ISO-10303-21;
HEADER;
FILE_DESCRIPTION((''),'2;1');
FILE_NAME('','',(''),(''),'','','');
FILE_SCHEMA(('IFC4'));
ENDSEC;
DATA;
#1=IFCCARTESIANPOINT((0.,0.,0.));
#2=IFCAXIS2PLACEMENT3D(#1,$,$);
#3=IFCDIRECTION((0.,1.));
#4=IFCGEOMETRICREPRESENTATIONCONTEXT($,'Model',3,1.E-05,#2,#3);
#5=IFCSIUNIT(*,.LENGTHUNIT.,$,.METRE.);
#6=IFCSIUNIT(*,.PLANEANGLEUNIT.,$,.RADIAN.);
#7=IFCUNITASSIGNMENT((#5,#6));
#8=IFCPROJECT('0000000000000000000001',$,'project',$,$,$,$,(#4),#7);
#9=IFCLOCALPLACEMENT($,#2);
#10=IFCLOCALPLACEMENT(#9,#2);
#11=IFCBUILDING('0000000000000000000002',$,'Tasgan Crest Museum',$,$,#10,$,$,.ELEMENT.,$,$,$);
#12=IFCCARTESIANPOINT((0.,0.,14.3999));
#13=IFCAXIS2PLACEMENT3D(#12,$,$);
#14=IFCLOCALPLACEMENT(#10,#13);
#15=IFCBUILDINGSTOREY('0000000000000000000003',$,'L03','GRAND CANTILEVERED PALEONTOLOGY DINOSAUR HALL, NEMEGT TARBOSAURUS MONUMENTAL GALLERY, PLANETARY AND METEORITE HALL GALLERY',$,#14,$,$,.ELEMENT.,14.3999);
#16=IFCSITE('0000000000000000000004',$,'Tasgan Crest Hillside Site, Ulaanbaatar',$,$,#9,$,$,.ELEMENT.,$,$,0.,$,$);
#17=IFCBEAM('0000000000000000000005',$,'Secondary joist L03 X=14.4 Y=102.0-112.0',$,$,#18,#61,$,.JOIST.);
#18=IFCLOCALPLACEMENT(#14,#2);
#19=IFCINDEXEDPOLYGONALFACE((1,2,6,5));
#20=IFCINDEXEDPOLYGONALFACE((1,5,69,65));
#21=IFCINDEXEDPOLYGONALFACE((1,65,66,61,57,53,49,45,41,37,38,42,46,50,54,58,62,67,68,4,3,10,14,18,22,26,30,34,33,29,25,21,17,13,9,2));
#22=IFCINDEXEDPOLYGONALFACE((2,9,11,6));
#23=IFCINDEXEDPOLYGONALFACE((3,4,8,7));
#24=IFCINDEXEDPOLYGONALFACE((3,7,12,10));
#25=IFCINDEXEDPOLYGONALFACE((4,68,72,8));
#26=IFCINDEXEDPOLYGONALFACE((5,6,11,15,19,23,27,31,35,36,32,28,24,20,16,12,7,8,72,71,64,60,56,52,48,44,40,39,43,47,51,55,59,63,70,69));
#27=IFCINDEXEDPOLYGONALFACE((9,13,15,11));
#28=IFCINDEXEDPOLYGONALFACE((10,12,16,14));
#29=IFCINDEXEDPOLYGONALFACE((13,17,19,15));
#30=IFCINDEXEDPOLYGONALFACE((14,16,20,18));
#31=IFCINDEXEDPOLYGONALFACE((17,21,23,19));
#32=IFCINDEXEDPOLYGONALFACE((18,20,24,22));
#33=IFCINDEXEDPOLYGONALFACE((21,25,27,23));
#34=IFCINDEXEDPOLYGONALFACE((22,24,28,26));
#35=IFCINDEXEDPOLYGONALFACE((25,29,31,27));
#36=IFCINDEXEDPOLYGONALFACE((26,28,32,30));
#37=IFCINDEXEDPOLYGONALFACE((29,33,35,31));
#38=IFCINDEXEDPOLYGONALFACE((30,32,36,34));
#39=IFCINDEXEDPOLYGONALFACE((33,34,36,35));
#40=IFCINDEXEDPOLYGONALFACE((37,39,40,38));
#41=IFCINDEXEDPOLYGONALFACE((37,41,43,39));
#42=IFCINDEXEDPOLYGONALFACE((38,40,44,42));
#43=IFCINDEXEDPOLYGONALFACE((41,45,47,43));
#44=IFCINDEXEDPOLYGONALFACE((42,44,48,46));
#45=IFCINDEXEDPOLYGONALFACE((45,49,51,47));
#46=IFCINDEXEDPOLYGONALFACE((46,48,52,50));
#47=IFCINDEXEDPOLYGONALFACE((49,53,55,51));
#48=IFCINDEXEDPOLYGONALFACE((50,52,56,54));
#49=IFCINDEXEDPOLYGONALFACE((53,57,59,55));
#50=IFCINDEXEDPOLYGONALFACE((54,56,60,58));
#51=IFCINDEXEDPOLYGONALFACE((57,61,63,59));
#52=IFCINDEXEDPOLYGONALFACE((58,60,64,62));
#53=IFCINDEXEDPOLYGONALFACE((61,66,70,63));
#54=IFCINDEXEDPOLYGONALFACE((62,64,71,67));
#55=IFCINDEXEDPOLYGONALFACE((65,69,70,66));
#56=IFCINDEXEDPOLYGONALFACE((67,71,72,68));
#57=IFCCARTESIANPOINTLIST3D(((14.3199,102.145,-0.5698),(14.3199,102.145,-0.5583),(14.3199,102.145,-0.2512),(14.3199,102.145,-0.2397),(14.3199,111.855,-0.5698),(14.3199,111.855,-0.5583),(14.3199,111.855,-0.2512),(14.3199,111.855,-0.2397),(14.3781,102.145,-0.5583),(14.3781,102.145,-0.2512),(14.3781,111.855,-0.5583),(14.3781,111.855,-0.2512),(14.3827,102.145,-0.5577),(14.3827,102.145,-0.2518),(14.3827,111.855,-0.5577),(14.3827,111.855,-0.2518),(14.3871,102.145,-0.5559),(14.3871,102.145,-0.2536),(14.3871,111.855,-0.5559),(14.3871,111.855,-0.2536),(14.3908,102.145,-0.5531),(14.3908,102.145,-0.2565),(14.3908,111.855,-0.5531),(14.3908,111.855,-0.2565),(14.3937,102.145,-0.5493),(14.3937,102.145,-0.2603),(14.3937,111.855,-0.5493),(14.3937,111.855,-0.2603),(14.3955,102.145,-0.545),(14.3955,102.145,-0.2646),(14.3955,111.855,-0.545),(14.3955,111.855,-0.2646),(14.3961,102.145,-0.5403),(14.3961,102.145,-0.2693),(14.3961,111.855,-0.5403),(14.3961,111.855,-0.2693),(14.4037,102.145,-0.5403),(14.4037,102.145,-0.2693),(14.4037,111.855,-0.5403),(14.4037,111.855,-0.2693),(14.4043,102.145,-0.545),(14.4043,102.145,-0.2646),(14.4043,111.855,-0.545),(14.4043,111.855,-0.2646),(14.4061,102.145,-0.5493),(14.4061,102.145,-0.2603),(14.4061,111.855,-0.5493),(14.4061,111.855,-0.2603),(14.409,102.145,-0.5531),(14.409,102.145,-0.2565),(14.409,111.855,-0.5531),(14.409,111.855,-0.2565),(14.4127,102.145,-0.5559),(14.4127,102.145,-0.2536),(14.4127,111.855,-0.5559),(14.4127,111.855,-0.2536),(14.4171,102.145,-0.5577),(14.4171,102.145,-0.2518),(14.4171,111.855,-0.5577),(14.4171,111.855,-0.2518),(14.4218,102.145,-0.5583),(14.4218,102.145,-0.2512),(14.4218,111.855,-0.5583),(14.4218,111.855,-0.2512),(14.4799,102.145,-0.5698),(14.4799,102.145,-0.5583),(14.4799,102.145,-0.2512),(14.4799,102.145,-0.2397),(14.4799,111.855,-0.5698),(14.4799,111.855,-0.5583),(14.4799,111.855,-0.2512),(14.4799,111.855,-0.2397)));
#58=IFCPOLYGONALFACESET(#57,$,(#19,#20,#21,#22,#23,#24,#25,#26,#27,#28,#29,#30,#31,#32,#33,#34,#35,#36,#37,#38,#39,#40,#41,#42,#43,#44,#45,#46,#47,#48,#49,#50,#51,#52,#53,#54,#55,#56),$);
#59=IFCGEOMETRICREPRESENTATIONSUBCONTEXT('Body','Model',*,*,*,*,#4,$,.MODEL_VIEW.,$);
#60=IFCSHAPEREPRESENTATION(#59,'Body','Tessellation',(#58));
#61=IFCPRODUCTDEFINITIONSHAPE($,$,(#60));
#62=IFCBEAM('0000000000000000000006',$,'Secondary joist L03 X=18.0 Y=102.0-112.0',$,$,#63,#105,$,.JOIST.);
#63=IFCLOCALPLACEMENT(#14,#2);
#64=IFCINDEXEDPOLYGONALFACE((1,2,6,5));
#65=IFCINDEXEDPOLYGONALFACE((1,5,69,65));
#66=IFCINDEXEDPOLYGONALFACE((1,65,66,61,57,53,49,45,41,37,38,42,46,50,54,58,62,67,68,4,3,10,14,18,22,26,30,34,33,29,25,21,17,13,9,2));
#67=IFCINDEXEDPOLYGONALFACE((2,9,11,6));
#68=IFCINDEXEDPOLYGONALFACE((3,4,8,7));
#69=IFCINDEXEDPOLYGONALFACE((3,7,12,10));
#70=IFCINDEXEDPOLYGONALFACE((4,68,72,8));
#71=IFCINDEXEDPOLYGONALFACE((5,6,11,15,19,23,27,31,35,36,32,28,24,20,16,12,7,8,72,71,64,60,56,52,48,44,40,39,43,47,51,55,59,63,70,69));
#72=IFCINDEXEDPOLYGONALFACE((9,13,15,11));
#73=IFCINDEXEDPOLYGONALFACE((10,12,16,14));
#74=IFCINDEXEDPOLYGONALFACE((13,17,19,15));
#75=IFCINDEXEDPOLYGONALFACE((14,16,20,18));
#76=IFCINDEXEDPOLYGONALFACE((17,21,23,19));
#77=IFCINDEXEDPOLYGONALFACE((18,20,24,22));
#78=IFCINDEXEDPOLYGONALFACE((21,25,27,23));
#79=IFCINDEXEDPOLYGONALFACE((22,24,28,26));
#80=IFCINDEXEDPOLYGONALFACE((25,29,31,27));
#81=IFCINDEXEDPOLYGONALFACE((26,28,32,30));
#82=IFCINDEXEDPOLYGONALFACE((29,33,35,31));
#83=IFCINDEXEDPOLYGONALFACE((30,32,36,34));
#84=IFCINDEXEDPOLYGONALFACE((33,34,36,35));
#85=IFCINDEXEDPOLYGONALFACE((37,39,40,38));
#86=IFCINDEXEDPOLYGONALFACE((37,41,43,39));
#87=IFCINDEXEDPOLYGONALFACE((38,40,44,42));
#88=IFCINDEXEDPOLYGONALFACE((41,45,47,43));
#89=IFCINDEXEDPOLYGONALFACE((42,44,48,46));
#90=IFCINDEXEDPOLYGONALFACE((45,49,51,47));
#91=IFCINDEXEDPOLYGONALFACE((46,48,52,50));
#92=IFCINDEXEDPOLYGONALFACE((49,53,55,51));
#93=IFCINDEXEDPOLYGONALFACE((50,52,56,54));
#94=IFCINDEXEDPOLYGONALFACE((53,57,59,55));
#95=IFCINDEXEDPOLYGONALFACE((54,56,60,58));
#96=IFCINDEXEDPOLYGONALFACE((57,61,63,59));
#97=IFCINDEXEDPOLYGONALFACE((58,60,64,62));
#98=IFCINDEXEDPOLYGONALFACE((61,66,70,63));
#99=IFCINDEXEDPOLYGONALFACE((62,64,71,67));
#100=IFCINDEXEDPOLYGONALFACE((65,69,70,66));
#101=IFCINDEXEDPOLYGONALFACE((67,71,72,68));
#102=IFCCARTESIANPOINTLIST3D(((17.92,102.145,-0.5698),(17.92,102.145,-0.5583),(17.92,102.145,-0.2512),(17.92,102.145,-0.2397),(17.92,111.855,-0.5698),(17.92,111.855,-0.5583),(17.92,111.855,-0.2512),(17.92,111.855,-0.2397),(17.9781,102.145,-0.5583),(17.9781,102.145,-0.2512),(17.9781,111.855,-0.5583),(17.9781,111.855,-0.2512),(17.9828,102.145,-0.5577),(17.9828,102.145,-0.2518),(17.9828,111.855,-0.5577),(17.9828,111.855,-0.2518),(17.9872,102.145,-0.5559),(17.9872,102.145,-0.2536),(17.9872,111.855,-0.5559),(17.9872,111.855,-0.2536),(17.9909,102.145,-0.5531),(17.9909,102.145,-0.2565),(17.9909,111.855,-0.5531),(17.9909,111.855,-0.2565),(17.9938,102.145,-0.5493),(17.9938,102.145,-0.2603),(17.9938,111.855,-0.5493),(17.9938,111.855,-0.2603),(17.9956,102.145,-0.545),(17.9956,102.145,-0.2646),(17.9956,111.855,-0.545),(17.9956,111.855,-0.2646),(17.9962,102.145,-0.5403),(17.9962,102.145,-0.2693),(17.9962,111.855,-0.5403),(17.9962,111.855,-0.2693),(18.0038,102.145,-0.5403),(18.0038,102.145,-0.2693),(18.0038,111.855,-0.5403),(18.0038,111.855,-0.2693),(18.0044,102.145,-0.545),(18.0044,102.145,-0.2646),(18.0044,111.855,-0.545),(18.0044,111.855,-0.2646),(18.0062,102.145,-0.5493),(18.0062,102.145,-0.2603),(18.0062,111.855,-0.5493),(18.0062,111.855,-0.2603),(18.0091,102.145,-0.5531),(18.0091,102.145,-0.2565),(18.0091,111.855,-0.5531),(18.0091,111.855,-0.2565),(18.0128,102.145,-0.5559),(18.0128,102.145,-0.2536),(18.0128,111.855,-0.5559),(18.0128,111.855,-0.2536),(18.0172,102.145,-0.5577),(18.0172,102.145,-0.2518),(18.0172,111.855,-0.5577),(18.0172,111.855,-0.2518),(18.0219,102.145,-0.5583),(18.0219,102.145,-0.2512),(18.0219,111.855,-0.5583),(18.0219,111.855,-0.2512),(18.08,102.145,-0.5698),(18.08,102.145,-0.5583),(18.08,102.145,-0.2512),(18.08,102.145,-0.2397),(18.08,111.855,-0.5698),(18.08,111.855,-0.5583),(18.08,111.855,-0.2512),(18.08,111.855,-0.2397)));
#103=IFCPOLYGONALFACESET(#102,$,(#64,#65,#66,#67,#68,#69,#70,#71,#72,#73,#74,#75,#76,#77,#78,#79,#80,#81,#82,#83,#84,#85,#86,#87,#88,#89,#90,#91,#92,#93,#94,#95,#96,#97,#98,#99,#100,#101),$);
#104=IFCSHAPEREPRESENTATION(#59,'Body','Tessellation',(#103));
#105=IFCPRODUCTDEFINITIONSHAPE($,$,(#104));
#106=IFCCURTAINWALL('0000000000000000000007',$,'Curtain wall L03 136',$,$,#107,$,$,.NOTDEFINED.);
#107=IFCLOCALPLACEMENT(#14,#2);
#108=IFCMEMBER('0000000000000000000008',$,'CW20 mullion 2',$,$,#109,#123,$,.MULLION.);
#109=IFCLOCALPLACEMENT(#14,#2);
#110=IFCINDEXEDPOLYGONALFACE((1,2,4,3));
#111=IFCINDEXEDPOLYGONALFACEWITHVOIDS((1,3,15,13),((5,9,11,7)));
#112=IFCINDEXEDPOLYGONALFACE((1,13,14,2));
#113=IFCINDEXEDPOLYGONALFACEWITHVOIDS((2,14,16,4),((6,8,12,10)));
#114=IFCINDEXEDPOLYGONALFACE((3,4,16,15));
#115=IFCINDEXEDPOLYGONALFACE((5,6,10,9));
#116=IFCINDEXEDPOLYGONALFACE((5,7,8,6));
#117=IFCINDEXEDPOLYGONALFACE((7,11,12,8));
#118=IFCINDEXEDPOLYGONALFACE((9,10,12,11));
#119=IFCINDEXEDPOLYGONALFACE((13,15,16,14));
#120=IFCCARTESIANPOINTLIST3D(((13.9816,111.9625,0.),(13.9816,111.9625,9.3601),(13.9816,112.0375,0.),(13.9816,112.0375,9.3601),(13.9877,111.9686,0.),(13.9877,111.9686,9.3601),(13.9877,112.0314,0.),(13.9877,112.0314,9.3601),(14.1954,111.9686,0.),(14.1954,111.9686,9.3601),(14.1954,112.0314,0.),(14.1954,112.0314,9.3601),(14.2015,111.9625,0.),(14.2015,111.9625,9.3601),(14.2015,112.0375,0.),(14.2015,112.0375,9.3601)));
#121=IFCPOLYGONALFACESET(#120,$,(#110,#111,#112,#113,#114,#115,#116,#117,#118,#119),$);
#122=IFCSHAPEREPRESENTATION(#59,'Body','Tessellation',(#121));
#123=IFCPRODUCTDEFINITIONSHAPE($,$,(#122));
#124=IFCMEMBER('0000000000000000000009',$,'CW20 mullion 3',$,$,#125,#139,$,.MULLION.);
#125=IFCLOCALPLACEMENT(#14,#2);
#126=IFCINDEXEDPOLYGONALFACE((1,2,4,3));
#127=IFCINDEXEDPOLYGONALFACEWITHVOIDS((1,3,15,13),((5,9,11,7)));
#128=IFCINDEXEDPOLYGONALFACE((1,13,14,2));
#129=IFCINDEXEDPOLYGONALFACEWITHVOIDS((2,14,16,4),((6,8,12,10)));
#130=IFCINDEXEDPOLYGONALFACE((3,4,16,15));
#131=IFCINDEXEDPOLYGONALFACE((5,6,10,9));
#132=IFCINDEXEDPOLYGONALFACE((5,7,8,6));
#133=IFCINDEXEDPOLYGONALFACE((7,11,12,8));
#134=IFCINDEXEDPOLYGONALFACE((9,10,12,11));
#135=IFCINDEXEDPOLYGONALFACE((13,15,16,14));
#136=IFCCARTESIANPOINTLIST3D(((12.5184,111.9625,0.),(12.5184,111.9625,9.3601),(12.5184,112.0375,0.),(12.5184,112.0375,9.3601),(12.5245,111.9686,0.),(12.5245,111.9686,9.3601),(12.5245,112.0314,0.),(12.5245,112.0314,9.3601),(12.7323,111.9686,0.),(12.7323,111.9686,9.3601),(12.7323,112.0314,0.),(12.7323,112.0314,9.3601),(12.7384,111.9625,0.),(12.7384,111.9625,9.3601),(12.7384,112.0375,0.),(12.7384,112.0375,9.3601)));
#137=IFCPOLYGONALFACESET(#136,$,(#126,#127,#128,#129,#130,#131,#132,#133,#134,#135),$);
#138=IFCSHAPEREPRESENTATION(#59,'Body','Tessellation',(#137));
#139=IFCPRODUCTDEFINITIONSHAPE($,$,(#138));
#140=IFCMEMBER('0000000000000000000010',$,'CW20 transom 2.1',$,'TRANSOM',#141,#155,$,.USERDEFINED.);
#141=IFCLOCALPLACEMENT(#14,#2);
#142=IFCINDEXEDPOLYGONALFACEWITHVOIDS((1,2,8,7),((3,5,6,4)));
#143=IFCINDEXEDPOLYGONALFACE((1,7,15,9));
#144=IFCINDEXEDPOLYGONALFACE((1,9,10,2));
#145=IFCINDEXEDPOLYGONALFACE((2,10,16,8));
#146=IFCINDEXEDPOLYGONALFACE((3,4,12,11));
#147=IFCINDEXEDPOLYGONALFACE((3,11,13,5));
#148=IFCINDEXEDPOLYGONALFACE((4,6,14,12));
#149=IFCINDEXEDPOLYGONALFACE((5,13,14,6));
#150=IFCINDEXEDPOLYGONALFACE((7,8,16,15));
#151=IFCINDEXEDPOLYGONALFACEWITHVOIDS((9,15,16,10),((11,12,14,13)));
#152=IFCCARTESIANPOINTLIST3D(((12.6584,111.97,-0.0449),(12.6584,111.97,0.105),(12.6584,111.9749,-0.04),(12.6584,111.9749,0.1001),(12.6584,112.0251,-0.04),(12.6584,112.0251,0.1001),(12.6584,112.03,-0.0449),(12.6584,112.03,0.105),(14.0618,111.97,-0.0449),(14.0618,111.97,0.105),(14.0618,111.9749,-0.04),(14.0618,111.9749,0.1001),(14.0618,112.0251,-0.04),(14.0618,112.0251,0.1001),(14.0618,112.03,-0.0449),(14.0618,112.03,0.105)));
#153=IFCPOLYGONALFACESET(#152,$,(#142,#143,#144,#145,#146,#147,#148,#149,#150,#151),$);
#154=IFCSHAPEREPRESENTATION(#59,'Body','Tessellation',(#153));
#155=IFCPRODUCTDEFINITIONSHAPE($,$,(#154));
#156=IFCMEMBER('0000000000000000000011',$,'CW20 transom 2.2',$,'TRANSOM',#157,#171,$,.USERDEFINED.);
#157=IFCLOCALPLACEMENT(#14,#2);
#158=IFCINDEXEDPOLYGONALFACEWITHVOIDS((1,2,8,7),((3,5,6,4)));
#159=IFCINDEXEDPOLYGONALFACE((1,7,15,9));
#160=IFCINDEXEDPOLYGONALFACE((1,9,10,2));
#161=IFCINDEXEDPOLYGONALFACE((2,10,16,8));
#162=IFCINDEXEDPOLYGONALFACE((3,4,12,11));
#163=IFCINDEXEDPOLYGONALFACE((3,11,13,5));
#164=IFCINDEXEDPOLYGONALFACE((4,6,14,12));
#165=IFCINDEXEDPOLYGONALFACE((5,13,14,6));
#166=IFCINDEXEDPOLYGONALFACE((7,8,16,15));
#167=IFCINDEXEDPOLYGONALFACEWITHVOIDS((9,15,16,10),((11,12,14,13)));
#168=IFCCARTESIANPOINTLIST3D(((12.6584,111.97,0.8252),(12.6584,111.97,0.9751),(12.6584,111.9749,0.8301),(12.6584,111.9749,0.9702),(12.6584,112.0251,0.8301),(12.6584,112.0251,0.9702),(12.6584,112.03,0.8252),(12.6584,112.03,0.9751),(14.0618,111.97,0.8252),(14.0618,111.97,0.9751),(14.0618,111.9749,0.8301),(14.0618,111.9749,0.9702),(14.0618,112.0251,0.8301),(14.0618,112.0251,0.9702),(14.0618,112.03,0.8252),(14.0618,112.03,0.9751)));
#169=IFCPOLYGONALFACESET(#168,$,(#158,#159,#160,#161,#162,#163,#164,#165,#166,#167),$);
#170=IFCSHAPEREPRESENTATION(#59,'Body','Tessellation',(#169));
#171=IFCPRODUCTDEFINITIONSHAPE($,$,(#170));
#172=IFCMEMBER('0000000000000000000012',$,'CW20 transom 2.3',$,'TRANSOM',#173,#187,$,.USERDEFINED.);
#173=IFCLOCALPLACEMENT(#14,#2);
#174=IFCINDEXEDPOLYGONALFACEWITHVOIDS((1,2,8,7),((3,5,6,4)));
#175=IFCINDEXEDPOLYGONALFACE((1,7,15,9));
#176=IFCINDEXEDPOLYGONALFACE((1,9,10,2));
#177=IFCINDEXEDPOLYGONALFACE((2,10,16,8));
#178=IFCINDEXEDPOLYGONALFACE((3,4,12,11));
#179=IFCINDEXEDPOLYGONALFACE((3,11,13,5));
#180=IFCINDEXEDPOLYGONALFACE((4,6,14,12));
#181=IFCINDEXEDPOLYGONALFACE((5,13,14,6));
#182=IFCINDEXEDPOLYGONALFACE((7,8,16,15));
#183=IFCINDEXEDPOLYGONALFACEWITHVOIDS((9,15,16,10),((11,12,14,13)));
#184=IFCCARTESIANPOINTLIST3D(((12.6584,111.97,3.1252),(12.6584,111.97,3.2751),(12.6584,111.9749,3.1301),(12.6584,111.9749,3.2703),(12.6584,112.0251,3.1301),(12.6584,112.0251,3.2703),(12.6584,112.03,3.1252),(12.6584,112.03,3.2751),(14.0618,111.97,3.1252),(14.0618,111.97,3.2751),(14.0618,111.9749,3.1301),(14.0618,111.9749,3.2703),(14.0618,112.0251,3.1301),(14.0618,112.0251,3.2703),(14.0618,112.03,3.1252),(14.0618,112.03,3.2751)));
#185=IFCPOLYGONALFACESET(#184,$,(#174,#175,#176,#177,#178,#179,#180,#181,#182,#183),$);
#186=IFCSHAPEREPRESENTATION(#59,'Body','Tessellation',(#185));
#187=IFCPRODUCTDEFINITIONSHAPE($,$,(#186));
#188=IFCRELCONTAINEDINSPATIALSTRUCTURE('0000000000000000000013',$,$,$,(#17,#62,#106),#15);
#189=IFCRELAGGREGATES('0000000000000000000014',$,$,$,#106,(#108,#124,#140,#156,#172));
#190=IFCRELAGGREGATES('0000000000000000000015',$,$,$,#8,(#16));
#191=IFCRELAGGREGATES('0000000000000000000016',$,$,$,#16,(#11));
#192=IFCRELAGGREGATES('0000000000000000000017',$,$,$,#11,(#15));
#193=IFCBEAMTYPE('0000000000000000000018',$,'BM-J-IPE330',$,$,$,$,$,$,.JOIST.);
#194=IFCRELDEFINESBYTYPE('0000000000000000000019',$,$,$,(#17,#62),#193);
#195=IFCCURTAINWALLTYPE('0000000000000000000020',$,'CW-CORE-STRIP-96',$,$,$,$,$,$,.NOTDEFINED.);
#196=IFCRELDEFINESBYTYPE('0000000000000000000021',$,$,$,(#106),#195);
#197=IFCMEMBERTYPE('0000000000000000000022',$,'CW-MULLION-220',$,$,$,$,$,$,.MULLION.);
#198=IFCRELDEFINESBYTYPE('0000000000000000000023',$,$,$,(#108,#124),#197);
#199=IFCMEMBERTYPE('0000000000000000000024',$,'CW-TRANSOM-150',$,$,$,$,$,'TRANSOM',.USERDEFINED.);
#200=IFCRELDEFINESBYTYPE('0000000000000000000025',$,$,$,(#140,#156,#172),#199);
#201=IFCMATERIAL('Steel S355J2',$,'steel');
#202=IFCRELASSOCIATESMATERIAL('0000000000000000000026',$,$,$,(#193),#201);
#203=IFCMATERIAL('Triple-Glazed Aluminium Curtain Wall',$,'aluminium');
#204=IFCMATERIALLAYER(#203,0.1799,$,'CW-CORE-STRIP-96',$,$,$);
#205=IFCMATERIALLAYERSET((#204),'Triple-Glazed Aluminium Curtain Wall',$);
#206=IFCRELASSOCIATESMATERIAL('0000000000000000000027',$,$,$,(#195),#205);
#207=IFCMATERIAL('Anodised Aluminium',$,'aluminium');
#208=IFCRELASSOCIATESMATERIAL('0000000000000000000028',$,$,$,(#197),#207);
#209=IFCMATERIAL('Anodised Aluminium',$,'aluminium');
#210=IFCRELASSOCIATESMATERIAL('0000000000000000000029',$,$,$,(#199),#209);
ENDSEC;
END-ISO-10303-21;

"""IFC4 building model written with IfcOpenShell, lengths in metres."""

from ifc_helpers import new_model, si_unit, direction, frame, origin, origin_2d, place, context, subcontext, project, spatial, hollow_rectangle, i_section, extrude, material, layer, layer_set, material_profile, profile_set, type_object, element, aggregate, save


model = new_model("IFC4")

# Units and contexts
model_context = context("Model", 3, precision=1e-05, world=origin(), true_north=direction((0.0, 1.0)))
body_context = subcontext(model_context, "Body", "Model", "MODEL_VIEW")
ifc_project = project(units=[si_unit("LENGTHUNIT", "METRE"), si_unit("PLANEANGLEUNIT", "RADIAN")], contexts=[model_context])

# Site, building, storey
site_placement = place(None, origin())
site = spatial("IfcSite", under=ifc_project, at=site_placement, Name="Tasgan Crest Hillside Site, Ulaanbaatar", CompositionType="ELEMENT", RefElevation=0.0)
building_placement = place(site_placement, origin())
building = spatial("IfcBuilding", under=site, at=building_placement, Name="Tasgan Crest Museum", CompositionType="ELEMENT")
storey_placement = place(building_placement, frame((0.0, 0.0, 14.3999)))
storey = spatial("IfcBuildingStorey", under=building, at=storey_placement, Name="L03", Description="GRAND CANTILEVERED PALEONTOLOGY DINOSAUR HALL, NEMEGT TARBOSAURUS MONUMENTAL GALLERY, PLANETARY AND METEORITE HALL GALLERY", CompositionType="ELEMENT", Elevation=14.3999)

# Beams
ifc_material_1 = material(Name="Steel S355J2", Category="steel")
ifc_material_profile_1 = material_profile(ifc_material_1, i_section(OverallWidth=0.1599, OverallDepth=0.3301, WebThickness=0.0076, FlangeThickness=0.0115, FilletRadius=0.0181, at=origin_2d()), Name="IPE 330")
ifc_profile_set_1 = profile_set([ifc_material_profile_1], Name="Steel S355J2")
beam_type = type_object("IfcBeamType", Name="BM-J-IPE330", PredefinedType="JOIST", material=ifc_profile_set_1)
for number, where, z_axis, x_axis, name in (
    (1, (14.3999, 102.145, -0.4048), (0.0, 1.0, 0.0), (-1.0, 0.0, 0.0), "Secondary joist L03 X=14.4 Y=102.0-112.0"),
    (2, (18.0, 102.145, -0.4048), (0.0, 1.0, 0.0), (-1.0, 0.0, 0.0), "Secondary joist L03 X=18.0 Y=102.0-112.0"),
):
    element("IfcBeam", number, at=place(storey_placement, frame(where, z_axis=z_axis, x_axis=x_axis)), inside=storey, type_object=beam_type, Name=name, PredefinedType="JOIST", context=body_context, shape_type="SweptSolid", body=[
        extrude(i_section(OverallWidth=0.1599, OverallDepth=0.3301, WebThickness=0.0076, FlangeThickness=0.0115, FilletRadius=0.0181, at=origin_2d()), origin(), (0.0, 0.0, 1.0), 9.71),
    ])

# Curtain wall, members
ifc_material_2 = material(Name="Triple-Glazed Aluminium Curtain Wall", Category="aluminium")
ifc_layer_1 = layer(ifc_material_2, 0.1799, Name="CW-CORE-STRIP-96")
ifc_layer_set_1 = layer_set([ifc_layer_1], Name="Triple-Glazed Aluminium Curtain Wall")
curtain_wall_type = type_object("IfcCurtainWallType", Name="CW-CORE-STRIP-96", PredefinedType="NOTDEFINED", material=ifc_layer_set_1)
curtain_wall_placement = place(storey_placement, origin())
curtain_wall = element("IfcCurtainWall", 3, at=curtain_wall_placement, inside=storey, type_object=curtain_wall_type, Name="Curtain wall L03 136", PredefinedType="NOTDEFINED")
ifc_material_3 = material(Name="Anodised Aluminium", Category="aluminium")
ifc_material_profile_2 = material_profile(ifc_material_3, hollow_rectangle(XDim=0.075, YDim=0.22, WallThickness=0.0061, at=origin_2d()), Name="ALU MULLION 220x75x6")
ifc_profile_set_2 = profile_set([ifc_material_profile_2], Name="Anodised Aluminium")
member_type_1 = type_object("IfcMemberType", Name="CW-MULLION-220", PredefinedType="MULLION", material=ifc_profile_set_2)
member_1_placement = place(storey_placement, frame((14.0916, 112.0, 0.0), z_axis=(0.0, 0.0, 1.0), x_axis=(0.0, -1.0, 0.0)))
member_1 = element("IfcMember", 4, at=member_1_placement, type_object=member_type_1, Name="CW20 mullion 2", PredefinedType="MULLION", context=body_context, shape_type="SweptSolid", body=[
    extrude(hollow_rectangle(XDim=0.075, YDim=0.22, WallThickness=0.0061, at=origin_2d()), origin(), (0.0, 0.0, 1.0), 9.3601),
])
member_2_placement = place(storey_placement, frame((12.6284, 112.0, 0.0), z_axis=(0.0, 0.0, 1.0), x_axis=(0.0, -1.0, 0.0)))
member_2 = element("IfcMember", 5, at=member_2_placement, type_object=member_type_1, Name="CW20 mullion 3", PredefinedType="MULLION", context=body_context, shape_type="SweptSolid", body=[
    extrude(hollow_rectangle(XDim=0.075, YDim=0.22, WallThickness=0.0061, at=origin_2d()), origin(), (0.0, 0.0, 1.0), 9.3601),
])
ifc_material_4 = material(Name="Anodised Aluminium", Category="aluminium")
ifc_material_profile_3 = material_profile(ifc_material_4, hollow_rectangle(XDim=0.0601, YDim=0.1499, WallThickness=0.0049, at=origin_2d()), Name="ALU TRANSOM 150x60x5")
ifc_profile_set_3 = profile_set([ifc_material_profile_3], Name="Anodised Aluminium")
member_type_2 = type_object("IfcMemberType", Name="CW-TRANSOM-150", ElementType="TRANSOM", PredefinedType="USERDEFINED", material=ifc_profile_set_3)
member_3_placement = place(storey_placement, frame((14.0618, 112.0, 0.03), z_axis=(-1.0, 0.0, 0.0), x_axis=(0.0, -1.0, 0.0)))
member_3 = element("IfcMember", 6, at=member_3_placement, type_object=member_type_2, Name="CW20 transom 2.1", ObjectType="TRANSOM", PredefinedType="USERDEFINED", context=body_context, shape_type="SweptSolid", body=[
    extrude(hollow_rectangle(XDim=0.0601, YDim=0.1499, WallThickness=0.0049, at=origin_2d()), origin(), (0.0, 0.0, 1.0), 1.4033),
])
member_4_placement = place(storey_placement, frame((14.0618, 112.0, 0.9001), z_axis=(-1.0, 0.0, 0.0), x_axis=(0.0, -1.0, 0.0)))
member_4 = element("IfcMember", 7, at=member_4_placement, type_object=member_type_2, Name="CW20 transom 2.2", ObjectType="TRANSOM", PredefinedType="USERDEFINED", context=body_context, shape_type="SweptSolid", body=[
    extrude(hollow_rectangle(XDim=0.0601, YDim=0.1499, WallThickness=0.0049, at=origin_2d()), origin(), (0.0, 0.0, 1.0), 1.4033),
])
member_5_placement = place(storey_placement, frame((14.0618, 112.0, 3.2002), z_axis=(-1.0, 0.0, 0.0), x_axis=(0.0, -1.0, 0.0)))
member_5 = element("IfcMember", 8, at=member_5_placement, type_object=member_type_2, Name="CW20 transom 2.3", ObjectType="TRANSOM", PredefinedType="USERDEFINED", context=body_context, shape_type="SweptSolid", body=[
    extrude(hollow_rectangle(XDim=0.0601, YDim=0.1499, WallThickness=0.0049, at=origin_2d()), origin(), (0.0, 0.0, 1.0), 1.4033),
])
aggregate(curtain_wall, [member_1, member_2, member_3, member_4, member_5])

save(model, "model.ifc")
